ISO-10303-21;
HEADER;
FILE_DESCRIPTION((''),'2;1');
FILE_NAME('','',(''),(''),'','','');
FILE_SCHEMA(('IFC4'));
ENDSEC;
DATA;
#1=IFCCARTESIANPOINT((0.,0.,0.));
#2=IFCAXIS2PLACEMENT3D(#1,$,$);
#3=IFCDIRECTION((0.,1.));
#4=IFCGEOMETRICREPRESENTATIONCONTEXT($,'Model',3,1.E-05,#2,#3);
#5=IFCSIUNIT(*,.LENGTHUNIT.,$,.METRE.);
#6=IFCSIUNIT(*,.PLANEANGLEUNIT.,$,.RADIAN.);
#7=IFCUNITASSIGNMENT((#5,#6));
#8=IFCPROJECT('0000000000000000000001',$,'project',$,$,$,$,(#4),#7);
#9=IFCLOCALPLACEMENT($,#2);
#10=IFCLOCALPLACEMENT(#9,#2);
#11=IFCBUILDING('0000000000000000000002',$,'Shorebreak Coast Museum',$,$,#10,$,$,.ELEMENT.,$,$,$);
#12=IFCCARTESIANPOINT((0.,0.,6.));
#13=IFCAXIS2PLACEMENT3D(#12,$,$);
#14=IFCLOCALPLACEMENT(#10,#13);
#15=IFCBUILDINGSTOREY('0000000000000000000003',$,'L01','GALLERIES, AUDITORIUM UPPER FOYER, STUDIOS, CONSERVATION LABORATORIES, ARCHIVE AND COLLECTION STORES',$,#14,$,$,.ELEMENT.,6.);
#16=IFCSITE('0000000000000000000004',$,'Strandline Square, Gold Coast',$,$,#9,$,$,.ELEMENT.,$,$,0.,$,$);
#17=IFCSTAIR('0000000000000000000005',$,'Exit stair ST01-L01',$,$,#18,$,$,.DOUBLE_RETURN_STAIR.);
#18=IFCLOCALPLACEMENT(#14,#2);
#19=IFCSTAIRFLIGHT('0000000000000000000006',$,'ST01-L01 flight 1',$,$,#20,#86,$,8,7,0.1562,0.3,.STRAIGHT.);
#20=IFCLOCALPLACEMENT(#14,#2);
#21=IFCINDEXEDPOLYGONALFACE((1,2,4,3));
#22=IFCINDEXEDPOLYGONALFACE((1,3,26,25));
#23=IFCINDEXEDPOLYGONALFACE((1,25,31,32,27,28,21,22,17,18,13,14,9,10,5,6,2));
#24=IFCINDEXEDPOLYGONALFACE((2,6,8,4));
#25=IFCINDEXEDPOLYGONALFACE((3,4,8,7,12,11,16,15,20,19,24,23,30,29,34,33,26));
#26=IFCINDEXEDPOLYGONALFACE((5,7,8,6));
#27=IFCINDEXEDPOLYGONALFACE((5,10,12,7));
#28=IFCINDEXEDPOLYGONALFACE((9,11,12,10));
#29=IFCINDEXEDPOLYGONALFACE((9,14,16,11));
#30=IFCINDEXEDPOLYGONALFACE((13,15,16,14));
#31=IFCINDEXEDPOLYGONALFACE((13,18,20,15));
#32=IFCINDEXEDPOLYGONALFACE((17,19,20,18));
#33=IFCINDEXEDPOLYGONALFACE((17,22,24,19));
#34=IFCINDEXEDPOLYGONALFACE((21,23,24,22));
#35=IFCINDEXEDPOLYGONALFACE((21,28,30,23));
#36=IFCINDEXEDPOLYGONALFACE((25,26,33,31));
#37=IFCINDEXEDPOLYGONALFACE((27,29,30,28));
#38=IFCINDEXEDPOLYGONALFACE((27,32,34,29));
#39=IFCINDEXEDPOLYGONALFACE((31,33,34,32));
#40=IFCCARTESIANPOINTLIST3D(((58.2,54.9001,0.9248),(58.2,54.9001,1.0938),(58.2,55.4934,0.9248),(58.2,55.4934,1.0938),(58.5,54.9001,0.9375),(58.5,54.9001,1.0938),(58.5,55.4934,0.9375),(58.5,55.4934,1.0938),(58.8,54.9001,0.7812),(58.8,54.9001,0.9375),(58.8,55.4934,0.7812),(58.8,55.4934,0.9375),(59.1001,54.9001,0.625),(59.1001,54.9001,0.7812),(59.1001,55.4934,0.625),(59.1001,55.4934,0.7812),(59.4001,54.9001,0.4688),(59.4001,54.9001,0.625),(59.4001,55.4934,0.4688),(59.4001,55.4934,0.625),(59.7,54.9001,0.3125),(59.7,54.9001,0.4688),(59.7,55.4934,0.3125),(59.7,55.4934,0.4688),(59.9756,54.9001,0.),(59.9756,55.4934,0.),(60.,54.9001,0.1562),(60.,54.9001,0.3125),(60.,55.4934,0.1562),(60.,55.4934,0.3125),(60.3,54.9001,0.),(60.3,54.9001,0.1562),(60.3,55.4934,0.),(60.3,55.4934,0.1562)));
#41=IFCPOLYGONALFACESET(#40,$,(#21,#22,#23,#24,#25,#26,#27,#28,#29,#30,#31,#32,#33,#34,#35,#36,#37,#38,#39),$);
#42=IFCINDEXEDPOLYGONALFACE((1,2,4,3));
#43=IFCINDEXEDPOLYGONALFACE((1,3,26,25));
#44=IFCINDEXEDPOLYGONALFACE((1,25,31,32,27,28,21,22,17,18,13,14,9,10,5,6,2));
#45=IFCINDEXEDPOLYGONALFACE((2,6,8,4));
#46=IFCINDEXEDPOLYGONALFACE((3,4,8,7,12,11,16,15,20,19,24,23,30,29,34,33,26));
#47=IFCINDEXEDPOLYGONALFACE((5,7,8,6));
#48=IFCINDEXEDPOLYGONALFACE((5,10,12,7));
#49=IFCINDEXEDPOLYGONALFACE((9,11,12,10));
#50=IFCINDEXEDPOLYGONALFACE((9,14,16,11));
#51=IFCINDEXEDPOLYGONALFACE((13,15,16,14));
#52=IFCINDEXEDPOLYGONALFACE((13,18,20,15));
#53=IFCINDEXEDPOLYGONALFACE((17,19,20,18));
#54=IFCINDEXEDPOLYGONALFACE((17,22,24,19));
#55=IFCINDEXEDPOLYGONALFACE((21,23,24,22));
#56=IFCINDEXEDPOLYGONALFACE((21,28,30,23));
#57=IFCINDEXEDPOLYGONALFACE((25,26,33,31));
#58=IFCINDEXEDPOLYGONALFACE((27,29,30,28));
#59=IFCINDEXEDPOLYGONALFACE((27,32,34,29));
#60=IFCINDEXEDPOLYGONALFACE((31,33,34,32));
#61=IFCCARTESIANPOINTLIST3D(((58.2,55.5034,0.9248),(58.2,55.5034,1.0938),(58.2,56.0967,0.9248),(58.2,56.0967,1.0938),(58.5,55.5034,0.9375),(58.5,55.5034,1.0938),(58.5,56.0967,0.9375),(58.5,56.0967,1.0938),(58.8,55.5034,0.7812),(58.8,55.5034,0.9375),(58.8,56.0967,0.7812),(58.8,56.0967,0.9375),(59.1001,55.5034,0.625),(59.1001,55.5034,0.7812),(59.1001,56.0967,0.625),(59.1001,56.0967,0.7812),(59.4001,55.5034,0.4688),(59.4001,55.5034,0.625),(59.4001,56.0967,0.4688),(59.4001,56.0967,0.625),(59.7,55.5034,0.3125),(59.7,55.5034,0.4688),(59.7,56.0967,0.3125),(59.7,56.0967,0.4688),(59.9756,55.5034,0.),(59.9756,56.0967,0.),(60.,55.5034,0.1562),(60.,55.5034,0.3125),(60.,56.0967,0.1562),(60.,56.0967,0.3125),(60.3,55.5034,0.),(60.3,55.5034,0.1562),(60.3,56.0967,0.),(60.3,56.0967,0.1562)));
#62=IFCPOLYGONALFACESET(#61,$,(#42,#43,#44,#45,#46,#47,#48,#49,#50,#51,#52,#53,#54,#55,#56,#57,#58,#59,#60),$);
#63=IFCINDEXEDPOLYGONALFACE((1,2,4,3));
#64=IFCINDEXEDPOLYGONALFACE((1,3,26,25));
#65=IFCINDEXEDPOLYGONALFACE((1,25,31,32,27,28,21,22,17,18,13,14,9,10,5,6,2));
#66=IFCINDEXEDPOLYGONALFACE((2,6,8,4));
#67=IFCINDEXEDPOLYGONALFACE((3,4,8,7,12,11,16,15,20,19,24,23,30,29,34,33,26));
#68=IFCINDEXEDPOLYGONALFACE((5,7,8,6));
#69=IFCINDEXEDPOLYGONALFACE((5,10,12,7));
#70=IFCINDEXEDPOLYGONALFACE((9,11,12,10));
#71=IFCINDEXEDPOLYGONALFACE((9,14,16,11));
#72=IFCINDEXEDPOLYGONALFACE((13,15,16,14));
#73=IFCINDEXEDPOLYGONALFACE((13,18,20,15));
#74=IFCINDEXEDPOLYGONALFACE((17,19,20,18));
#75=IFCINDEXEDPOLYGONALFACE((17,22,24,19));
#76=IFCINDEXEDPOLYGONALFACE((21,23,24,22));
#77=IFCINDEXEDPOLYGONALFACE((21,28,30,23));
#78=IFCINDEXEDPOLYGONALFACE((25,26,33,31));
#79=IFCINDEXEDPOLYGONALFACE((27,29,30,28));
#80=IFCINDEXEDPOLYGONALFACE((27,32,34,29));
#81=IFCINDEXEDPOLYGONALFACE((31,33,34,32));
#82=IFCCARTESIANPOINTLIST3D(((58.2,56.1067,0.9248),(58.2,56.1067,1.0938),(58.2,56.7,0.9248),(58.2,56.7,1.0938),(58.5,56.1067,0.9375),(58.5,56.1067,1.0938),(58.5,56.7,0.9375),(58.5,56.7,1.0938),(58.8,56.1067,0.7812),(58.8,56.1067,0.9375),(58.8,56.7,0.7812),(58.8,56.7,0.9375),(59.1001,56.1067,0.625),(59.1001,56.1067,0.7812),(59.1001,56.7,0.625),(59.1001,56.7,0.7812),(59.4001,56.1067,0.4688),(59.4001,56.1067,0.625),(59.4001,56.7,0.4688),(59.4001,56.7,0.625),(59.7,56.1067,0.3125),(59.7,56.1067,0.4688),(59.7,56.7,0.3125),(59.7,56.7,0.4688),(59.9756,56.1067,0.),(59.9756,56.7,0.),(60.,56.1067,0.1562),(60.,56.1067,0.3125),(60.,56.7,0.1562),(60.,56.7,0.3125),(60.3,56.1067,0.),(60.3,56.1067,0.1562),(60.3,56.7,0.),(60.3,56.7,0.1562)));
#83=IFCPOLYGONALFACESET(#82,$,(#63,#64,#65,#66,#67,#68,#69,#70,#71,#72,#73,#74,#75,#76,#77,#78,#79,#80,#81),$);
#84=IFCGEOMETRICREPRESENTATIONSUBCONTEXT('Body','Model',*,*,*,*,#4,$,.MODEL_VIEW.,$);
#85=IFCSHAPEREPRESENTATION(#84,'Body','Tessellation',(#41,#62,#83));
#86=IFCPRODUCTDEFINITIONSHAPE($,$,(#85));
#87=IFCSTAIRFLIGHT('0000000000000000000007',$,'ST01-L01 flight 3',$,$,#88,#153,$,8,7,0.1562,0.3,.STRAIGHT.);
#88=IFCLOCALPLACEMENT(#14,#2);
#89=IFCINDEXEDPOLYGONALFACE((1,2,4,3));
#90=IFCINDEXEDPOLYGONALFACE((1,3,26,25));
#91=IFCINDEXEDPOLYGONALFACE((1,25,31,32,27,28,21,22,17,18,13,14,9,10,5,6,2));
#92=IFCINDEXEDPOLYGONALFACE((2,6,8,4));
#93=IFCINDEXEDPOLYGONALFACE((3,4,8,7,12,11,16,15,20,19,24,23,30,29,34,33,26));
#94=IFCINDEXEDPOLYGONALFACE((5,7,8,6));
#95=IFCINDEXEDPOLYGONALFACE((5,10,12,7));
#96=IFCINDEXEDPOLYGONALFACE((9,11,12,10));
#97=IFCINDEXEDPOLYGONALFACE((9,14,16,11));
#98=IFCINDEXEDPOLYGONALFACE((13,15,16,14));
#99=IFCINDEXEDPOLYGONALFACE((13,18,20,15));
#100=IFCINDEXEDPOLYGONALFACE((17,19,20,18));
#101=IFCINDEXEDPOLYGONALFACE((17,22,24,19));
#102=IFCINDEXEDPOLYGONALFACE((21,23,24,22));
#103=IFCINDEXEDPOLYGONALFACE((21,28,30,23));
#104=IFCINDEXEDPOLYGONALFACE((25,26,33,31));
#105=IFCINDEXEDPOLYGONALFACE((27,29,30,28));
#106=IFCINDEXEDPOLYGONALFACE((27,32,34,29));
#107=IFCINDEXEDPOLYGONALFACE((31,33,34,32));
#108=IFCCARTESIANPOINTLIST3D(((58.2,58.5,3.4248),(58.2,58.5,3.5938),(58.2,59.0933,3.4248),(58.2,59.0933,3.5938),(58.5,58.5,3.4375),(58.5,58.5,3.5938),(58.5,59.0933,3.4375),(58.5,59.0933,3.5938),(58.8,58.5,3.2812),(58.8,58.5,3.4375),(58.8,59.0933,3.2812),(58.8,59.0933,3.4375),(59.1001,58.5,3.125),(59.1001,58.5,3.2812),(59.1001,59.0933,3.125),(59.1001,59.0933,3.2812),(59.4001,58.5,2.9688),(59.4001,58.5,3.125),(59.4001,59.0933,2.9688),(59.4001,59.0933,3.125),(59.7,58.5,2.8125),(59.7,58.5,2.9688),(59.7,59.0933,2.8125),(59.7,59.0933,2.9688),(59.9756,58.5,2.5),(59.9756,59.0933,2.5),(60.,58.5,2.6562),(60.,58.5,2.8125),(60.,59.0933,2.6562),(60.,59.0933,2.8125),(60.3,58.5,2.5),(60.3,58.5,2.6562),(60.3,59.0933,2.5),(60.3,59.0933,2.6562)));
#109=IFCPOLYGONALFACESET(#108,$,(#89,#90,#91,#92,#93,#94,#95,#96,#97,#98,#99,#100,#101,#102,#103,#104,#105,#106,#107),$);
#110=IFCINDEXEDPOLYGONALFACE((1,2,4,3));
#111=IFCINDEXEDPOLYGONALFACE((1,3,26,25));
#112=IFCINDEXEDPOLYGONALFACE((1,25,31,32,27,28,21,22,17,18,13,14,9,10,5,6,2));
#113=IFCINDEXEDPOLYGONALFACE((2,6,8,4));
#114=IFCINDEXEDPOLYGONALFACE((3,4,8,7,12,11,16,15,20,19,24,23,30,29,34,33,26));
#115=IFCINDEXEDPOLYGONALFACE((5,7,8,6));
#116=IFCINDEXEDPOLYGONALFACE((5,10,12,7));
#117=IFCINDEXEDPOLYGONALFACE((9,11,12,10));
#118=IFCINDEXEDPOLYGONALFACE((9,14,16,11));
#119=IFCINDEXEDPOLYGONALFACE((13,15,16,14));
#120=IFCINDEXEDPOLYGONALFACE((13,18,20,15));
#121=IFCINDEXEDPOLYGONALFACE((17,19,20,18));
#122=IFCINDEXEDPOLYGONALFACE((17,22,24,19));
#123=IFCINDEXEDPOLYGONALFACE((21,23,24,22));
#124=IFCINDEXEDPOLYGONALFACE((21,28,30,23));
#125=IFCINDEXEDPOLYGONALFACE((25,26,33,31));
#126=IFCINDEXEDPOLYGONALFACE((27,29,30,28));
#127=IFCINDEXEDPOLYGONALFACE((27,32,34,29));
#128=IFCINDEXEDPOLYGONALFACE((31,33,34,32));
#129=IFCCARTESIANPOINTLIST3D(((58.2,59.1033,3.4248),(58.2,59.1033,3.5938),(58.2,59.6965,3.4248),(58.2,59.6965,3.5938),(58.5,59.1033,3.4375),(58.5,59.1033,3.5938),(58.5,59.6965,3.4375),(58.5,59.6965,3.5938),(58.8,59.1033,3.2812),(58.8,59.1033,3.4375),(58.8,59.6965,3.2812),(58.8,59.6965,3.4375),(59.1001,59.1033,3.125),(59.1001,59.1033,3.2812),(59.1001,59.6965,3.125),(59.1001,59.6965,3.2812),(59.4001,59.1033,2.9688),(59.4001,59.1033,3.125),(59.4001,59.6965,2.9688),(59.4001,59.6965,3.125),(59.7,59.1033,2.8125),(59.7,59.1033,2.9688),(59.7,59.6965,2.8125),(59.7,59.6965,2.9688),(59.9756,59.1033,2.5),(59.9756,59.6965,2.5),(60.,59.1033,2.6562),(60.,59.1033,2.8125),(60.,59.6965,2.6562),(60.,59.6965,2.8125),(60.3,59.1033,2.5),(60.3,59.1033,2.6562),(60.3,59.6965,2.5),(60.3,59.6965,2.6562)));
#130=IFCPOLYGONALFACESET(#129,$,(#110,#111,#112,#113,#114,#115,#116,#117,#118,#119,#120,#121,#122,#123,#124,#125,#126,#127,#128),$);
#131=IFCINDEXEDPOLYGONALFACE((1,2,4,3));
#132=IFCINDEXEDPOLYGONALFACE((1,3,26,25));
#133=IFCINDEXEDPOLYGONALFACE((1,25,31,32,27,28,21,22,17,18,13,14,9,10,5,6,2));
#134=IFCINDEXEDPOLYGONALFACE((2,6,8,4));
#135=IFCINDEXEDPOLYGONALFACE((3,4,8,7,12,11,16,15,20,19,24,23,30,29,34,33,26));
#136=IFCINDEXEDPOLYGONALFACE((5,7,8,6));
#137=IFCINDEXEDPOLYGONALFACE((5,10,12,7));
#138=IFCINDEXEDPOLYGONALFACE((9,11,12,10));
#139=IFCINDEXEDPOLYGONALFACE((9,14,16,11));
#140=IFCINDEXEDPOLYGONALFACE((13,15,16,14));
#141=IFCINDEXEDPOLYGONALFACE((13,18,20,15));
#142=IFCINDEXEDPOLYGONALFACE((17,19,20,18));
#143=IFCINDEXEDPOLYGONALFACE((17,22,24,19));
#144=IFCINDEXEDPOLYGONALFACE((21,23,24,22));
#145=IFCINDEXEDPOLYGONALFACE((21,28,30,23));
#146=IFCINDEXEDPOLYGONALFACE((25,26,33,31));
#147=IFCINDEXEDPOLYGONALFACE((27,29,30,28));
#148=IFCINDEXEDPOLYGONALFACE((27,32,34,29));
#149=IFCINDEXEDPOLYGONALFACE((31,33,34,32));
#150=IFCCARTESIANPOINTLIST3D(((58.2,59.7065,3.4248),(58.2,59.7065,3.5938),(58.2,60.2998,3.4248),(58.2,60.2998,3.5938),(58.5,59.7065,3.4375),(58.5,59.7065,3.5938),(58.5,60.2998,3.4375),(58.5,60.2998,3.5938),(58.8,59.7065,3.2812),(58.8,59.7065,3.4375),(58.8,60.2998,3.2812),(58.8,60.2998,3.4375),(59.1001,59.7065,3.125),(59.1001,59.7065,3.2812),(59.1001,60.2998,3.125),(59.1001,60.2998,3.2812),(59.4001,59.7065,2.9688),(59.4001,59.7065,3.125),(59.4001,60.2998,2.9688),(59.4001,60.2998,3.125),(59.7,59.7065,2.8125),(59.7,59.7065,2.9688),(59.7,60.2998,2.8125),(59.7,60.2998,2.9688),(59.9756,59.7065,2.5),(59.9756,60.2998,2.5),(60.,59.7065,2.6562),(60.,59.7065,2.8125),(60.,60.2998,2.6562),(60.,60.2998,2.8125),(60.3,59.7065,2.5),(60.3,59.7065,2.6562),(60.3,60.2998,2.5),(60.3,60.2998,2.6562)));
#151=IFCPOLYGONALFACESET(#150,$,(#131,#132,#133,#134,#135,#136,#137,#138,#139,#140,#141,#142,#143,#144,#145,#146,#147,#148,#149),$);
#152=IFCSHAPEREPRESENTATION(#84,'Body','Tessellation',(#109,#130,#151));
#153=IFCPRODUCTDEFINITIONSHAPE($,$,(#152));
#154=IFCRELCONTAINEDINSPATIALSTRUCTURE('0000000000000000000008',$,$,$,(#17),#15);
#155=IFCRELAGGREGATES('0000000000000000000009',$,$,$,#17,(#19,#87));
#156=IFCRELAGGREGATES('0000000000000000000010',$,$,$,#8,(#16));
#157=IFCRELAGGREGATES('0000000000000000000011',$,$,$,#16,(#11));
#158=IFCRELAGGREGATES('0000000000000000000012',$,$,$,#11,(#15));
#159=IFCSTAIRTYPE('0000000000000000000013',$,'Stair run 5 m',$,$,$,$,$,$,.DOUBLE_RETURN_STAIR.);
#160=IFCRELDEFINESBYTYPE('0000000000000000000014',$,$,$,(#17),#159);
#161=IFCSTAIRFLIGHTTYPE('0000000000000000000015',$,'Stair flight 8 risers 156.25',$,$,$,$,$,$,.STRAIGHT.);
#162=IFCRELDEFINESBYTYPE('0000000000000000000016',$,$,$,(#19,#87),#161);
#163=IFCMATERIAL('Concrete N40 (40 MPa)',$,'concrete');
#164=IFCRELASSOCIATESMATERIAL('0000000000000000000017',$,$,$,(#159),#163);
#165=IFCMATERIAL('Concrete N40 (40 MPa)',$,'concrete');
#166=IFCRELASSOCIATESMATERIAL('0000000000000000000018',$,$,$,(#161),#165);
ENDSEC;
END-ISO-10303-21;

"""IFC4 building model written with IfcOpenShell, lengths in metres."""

from ifc_helpers import new_model, si_unit, direction, frame, origin, place, context, subcontext, project, spatial, polyline, outline, extrude, material, type_object, element, aggregate, save


model = new_model("IFC4")

# Units and contexts
model_context = context("Model", 3, precision=1e-05, world=origin(), true_north=direction((0.0, 1.0)))
body_context = subcontext(model_context, "Body", "Model", "MODEL_VIEW")
ifc_project = project(units=[si_unit("LENGTHUNIT", "METRE"), si_unit("PLANEANGLEUNIT", "RADIAN")], contexts=[model_context])

# Site, building, storey
site_placement = place(None, origin())
site = spatial("IfcSite", under=ifc_project, at=site_placement, Name="Strandline Square, Gold Coast", CompositionType="ELEMENT", RefElevation=0.0)
building_placement = place(site_placement, origin())
building = spatial("IfcBuilding", under=site, at=building_placement, Name="Shorebreak Coast Museum", CompositionType="ELEMENT")
storey_placement = place(building_placement, frame((0.0, 0.0, 6.0)))
storey = spatial("IfcBuildingStorey", under=building, at=storey_placement, Name="L01", Description="GALLERIES, AUDITORIUM UPPER FOYER, STUDIOS, CONSERVATION LABORATORIES, ARCHIVE AND COLLECTION STORES", CompositionType="ELEMENT", Elevation=6.0)

# Stair, stair flights
ifc_material_1 = material(Name="Concrete N40 (40 MPa)", Category="concrete")
stair_type = type_object("IfcStairType", Name="Stair run 5 m", PredefinedType="DOUBLE_RETURN_STAIR", material=ifc_material_1)
stair_placement = place(storey_placement, origin())
stair = element("IfcStair", 1, at=stair_placement, inside=storey, type_object=stair_type, Name="Exit stair ST01-L01", PredefinedType="DOUBLE_RETURN_STAIR")
ifc_material_2 = material(Name="Concrete N40 (40 MPa)", Category="concrete")
stair_flight_type = type_object("IfcStairFlightType", Name="Stair flight 8 risers 156.25", PredefinedType="STRAIGHT", material=ifc_material_2)
stair_flight_1_placement = place(storey_placement, frame((60.3, 55.8, 0.0), z_axis=(0.0, 0.0, 1.0), x_axis=(-1.0, 0.0, 0.0)))
stair_flight_1 = element("IfcStairFlight", 2, at=stair_flight_1_placement, type_object=stair_flight_type, Name="ST01-L01 flight 1", NumberOfRisers=8, NumberOfTreads=7, PredefinedType="STRAIGHT", RiserHeight=0.1562, TreadLength=0.3, context=body_context, shape_type="SweptSolid", body=[
    extrude(outline(polyline([(0.0, 0.0), (0.0, 0.1562), (0.3, 0.1562), (0.3, 0.3125), (0.6001, 0.3125), (0.6001, 0.4688), (0.8999, 0.4688), (0.8999, 0.625), (1.2, 0.625), (1.2, 0.7812), (1.5, 0.7812), (1.5, 0.9375), (1.8, 0.9375), (1.8, 1.0938), (2.1001, 1.0938), (2.1001, 1.25), (2.1001, 0.9248), (0.3245, 0.0), (0.0, 0.0)])), frame((0.0, 0.8999, 0.0), z_axis=(0.0, -1.0, 0.0), x_axis=(1.0, 0.0, 0.0)), (0.0, 0.0, 1.0), 0.5933),
    extrude(outline(polyline([(0.0, 0.0), (0.0, 0.1562), (0.3, 0.1562), (0.3, 0.3125), (0.6001, 0.3125), (0.6001, 0.4688), (0.8999, 0.4688), (0.8999, 0.625), (1.2, 0.625), (1.2, 0.7812), (1.5, 0.7812), (1.5, 0.9375), (1.8, 0.9375), (1.8, 1.0938), (2.1001, 1.0938), (2.1001, 1.25), (2.1001, 0.9248), (0.3245, 0.0), (0.0, 0.0)])), frame((0.0, 0.2966, 0.0), z_axis=(0.0, -1.0, 0.0), x_axis=(1.0, 0.0, 0.0)), (0.0, 0.0, 1.0), 0.5933),
    extrude(outline(polyline([(0.0, 0.0), (0.0, 0.1562), (0.3, 0.1562), (0.3, 0.3125), (0.6001, 0.3125), (0.6001, 0.4688), (0.8999, 0.4688), (0.8999, 0.625), (1.2, 0.625), (1.2, 0.7812), (1.5, 0.7812), (1.5, 0.9375), (1.8, 0.9375), (1.8, 1.0938), (2.1001, 1.0938), (2.1001, 1.25), (2.1001, 0.9248), (0.3245, 0.0), (0.0, 0.0)])), frame((0.0, -0.3066, 0.0), z_axis=(0.0, -1.0, 0.0), x_axis=(1.0, 0.0, 0.0)), (0.0, 0.0, 1.0), 0.5933),
])
stair_flight_2_placement = place(storey_placement, frame((60.3, 59.3999, 2.5), z_axis=(0.0, 0.0, 1.0), x_axis=(-1.0, 0.0, 0.0)))
stair_flight_2 = element("IfcStairFlight", 3, at=stair_flight_2_placement, type_object=stair_flight_type, Name="ST01-L01 flight 3", NumberOfRisers=8, NumberOfTreads=7, PredefinedType="STRAIGHT", RiserHeight=0.1562, TreadLength=0.3, context=body_context, shape_type="SweptSolid", body=[
    extrude(outline(polyline([(0.0, 0.0), (0.0, 0.1562), (0.3, 0.1562), (0.3, 0.3125), (0.6001, 0.3125), (0.6001, 0.4688), (0.8999, 0.4688), (0.8999, 0.625), (1.2, 0.625), (1.2, 0.7812), (1.5, 0.7812), (1.5, 0.9375), (1.8, 0.9375), (1.8, 1.0938), (2.1001, 1.0938), (2.1001, 1.25), (2.1001, 0.9248), (0.3245, 0.0), (0.0, 0.0)])), frame((0.0, 0.8999, 0.0), z_axis=(0.0, -1.0, 0.0), x_axis=(1.0, 0.0, 0.0)), (0.0, 0.0, 1.0), 0.5933),
    extrude(outline(polyline([(0.0, 0.0), (0.0, 0.1562), (0.3, 0.1562), (0.3, 0.3125), (0.6001, 0.3125), (0.6001, 0.4688), (0.8999, 0.4688), (0.8999, 0.625), (1.2, 0.625), (1.2, 0.7812), (1.5, 0.7812), (1.5, 0.9375), (1.8, 0.9375), (1.8, 1.0938), (2.1001, 1.0938), (2.1001, 1.25), (2.1001, 0.9248), (0.3245, 0.0), (0.0, 0.0)])), frame((0.0, 0.2966, 0.0), z_axis=(0.0, -1.0, 0.0), x_axis=(1.0, 0.0, 0.0)), (0.0, 0.0, 1.0), 0.5933),
    extrude(outline(polyline([(0.0, 0.0), (0.0, 0.1562), (0.3, 0.1562), (0.3, 0.3125), (0.6001, 0.3125), (0.6001, 0.4688), (0.8999, 0.4688), (0.8999, 0.625), (1.2, 0.625), (1.2, 0.7812), (1.5, 0.7812), (1.5, 0.9375), (1.8, 0.9375), (1.8, 1.0938), (2.1001, 1.0938), (2.1001, 1.25), (2.1001, 0.9248), (0.3245, 0.0), (0.0, 0.0)])), frame((0.0, -0.3066, 0.0), z_axis=(0.0, -1.0, 0.0), x_axis=(1.0, 0.0, 0.0)), (0.0, 0.0, 1.0), 0.5933),
])
aggregate(stair, [stair_flight_1, stair_flight_2])

save(model, "model.ifc")
